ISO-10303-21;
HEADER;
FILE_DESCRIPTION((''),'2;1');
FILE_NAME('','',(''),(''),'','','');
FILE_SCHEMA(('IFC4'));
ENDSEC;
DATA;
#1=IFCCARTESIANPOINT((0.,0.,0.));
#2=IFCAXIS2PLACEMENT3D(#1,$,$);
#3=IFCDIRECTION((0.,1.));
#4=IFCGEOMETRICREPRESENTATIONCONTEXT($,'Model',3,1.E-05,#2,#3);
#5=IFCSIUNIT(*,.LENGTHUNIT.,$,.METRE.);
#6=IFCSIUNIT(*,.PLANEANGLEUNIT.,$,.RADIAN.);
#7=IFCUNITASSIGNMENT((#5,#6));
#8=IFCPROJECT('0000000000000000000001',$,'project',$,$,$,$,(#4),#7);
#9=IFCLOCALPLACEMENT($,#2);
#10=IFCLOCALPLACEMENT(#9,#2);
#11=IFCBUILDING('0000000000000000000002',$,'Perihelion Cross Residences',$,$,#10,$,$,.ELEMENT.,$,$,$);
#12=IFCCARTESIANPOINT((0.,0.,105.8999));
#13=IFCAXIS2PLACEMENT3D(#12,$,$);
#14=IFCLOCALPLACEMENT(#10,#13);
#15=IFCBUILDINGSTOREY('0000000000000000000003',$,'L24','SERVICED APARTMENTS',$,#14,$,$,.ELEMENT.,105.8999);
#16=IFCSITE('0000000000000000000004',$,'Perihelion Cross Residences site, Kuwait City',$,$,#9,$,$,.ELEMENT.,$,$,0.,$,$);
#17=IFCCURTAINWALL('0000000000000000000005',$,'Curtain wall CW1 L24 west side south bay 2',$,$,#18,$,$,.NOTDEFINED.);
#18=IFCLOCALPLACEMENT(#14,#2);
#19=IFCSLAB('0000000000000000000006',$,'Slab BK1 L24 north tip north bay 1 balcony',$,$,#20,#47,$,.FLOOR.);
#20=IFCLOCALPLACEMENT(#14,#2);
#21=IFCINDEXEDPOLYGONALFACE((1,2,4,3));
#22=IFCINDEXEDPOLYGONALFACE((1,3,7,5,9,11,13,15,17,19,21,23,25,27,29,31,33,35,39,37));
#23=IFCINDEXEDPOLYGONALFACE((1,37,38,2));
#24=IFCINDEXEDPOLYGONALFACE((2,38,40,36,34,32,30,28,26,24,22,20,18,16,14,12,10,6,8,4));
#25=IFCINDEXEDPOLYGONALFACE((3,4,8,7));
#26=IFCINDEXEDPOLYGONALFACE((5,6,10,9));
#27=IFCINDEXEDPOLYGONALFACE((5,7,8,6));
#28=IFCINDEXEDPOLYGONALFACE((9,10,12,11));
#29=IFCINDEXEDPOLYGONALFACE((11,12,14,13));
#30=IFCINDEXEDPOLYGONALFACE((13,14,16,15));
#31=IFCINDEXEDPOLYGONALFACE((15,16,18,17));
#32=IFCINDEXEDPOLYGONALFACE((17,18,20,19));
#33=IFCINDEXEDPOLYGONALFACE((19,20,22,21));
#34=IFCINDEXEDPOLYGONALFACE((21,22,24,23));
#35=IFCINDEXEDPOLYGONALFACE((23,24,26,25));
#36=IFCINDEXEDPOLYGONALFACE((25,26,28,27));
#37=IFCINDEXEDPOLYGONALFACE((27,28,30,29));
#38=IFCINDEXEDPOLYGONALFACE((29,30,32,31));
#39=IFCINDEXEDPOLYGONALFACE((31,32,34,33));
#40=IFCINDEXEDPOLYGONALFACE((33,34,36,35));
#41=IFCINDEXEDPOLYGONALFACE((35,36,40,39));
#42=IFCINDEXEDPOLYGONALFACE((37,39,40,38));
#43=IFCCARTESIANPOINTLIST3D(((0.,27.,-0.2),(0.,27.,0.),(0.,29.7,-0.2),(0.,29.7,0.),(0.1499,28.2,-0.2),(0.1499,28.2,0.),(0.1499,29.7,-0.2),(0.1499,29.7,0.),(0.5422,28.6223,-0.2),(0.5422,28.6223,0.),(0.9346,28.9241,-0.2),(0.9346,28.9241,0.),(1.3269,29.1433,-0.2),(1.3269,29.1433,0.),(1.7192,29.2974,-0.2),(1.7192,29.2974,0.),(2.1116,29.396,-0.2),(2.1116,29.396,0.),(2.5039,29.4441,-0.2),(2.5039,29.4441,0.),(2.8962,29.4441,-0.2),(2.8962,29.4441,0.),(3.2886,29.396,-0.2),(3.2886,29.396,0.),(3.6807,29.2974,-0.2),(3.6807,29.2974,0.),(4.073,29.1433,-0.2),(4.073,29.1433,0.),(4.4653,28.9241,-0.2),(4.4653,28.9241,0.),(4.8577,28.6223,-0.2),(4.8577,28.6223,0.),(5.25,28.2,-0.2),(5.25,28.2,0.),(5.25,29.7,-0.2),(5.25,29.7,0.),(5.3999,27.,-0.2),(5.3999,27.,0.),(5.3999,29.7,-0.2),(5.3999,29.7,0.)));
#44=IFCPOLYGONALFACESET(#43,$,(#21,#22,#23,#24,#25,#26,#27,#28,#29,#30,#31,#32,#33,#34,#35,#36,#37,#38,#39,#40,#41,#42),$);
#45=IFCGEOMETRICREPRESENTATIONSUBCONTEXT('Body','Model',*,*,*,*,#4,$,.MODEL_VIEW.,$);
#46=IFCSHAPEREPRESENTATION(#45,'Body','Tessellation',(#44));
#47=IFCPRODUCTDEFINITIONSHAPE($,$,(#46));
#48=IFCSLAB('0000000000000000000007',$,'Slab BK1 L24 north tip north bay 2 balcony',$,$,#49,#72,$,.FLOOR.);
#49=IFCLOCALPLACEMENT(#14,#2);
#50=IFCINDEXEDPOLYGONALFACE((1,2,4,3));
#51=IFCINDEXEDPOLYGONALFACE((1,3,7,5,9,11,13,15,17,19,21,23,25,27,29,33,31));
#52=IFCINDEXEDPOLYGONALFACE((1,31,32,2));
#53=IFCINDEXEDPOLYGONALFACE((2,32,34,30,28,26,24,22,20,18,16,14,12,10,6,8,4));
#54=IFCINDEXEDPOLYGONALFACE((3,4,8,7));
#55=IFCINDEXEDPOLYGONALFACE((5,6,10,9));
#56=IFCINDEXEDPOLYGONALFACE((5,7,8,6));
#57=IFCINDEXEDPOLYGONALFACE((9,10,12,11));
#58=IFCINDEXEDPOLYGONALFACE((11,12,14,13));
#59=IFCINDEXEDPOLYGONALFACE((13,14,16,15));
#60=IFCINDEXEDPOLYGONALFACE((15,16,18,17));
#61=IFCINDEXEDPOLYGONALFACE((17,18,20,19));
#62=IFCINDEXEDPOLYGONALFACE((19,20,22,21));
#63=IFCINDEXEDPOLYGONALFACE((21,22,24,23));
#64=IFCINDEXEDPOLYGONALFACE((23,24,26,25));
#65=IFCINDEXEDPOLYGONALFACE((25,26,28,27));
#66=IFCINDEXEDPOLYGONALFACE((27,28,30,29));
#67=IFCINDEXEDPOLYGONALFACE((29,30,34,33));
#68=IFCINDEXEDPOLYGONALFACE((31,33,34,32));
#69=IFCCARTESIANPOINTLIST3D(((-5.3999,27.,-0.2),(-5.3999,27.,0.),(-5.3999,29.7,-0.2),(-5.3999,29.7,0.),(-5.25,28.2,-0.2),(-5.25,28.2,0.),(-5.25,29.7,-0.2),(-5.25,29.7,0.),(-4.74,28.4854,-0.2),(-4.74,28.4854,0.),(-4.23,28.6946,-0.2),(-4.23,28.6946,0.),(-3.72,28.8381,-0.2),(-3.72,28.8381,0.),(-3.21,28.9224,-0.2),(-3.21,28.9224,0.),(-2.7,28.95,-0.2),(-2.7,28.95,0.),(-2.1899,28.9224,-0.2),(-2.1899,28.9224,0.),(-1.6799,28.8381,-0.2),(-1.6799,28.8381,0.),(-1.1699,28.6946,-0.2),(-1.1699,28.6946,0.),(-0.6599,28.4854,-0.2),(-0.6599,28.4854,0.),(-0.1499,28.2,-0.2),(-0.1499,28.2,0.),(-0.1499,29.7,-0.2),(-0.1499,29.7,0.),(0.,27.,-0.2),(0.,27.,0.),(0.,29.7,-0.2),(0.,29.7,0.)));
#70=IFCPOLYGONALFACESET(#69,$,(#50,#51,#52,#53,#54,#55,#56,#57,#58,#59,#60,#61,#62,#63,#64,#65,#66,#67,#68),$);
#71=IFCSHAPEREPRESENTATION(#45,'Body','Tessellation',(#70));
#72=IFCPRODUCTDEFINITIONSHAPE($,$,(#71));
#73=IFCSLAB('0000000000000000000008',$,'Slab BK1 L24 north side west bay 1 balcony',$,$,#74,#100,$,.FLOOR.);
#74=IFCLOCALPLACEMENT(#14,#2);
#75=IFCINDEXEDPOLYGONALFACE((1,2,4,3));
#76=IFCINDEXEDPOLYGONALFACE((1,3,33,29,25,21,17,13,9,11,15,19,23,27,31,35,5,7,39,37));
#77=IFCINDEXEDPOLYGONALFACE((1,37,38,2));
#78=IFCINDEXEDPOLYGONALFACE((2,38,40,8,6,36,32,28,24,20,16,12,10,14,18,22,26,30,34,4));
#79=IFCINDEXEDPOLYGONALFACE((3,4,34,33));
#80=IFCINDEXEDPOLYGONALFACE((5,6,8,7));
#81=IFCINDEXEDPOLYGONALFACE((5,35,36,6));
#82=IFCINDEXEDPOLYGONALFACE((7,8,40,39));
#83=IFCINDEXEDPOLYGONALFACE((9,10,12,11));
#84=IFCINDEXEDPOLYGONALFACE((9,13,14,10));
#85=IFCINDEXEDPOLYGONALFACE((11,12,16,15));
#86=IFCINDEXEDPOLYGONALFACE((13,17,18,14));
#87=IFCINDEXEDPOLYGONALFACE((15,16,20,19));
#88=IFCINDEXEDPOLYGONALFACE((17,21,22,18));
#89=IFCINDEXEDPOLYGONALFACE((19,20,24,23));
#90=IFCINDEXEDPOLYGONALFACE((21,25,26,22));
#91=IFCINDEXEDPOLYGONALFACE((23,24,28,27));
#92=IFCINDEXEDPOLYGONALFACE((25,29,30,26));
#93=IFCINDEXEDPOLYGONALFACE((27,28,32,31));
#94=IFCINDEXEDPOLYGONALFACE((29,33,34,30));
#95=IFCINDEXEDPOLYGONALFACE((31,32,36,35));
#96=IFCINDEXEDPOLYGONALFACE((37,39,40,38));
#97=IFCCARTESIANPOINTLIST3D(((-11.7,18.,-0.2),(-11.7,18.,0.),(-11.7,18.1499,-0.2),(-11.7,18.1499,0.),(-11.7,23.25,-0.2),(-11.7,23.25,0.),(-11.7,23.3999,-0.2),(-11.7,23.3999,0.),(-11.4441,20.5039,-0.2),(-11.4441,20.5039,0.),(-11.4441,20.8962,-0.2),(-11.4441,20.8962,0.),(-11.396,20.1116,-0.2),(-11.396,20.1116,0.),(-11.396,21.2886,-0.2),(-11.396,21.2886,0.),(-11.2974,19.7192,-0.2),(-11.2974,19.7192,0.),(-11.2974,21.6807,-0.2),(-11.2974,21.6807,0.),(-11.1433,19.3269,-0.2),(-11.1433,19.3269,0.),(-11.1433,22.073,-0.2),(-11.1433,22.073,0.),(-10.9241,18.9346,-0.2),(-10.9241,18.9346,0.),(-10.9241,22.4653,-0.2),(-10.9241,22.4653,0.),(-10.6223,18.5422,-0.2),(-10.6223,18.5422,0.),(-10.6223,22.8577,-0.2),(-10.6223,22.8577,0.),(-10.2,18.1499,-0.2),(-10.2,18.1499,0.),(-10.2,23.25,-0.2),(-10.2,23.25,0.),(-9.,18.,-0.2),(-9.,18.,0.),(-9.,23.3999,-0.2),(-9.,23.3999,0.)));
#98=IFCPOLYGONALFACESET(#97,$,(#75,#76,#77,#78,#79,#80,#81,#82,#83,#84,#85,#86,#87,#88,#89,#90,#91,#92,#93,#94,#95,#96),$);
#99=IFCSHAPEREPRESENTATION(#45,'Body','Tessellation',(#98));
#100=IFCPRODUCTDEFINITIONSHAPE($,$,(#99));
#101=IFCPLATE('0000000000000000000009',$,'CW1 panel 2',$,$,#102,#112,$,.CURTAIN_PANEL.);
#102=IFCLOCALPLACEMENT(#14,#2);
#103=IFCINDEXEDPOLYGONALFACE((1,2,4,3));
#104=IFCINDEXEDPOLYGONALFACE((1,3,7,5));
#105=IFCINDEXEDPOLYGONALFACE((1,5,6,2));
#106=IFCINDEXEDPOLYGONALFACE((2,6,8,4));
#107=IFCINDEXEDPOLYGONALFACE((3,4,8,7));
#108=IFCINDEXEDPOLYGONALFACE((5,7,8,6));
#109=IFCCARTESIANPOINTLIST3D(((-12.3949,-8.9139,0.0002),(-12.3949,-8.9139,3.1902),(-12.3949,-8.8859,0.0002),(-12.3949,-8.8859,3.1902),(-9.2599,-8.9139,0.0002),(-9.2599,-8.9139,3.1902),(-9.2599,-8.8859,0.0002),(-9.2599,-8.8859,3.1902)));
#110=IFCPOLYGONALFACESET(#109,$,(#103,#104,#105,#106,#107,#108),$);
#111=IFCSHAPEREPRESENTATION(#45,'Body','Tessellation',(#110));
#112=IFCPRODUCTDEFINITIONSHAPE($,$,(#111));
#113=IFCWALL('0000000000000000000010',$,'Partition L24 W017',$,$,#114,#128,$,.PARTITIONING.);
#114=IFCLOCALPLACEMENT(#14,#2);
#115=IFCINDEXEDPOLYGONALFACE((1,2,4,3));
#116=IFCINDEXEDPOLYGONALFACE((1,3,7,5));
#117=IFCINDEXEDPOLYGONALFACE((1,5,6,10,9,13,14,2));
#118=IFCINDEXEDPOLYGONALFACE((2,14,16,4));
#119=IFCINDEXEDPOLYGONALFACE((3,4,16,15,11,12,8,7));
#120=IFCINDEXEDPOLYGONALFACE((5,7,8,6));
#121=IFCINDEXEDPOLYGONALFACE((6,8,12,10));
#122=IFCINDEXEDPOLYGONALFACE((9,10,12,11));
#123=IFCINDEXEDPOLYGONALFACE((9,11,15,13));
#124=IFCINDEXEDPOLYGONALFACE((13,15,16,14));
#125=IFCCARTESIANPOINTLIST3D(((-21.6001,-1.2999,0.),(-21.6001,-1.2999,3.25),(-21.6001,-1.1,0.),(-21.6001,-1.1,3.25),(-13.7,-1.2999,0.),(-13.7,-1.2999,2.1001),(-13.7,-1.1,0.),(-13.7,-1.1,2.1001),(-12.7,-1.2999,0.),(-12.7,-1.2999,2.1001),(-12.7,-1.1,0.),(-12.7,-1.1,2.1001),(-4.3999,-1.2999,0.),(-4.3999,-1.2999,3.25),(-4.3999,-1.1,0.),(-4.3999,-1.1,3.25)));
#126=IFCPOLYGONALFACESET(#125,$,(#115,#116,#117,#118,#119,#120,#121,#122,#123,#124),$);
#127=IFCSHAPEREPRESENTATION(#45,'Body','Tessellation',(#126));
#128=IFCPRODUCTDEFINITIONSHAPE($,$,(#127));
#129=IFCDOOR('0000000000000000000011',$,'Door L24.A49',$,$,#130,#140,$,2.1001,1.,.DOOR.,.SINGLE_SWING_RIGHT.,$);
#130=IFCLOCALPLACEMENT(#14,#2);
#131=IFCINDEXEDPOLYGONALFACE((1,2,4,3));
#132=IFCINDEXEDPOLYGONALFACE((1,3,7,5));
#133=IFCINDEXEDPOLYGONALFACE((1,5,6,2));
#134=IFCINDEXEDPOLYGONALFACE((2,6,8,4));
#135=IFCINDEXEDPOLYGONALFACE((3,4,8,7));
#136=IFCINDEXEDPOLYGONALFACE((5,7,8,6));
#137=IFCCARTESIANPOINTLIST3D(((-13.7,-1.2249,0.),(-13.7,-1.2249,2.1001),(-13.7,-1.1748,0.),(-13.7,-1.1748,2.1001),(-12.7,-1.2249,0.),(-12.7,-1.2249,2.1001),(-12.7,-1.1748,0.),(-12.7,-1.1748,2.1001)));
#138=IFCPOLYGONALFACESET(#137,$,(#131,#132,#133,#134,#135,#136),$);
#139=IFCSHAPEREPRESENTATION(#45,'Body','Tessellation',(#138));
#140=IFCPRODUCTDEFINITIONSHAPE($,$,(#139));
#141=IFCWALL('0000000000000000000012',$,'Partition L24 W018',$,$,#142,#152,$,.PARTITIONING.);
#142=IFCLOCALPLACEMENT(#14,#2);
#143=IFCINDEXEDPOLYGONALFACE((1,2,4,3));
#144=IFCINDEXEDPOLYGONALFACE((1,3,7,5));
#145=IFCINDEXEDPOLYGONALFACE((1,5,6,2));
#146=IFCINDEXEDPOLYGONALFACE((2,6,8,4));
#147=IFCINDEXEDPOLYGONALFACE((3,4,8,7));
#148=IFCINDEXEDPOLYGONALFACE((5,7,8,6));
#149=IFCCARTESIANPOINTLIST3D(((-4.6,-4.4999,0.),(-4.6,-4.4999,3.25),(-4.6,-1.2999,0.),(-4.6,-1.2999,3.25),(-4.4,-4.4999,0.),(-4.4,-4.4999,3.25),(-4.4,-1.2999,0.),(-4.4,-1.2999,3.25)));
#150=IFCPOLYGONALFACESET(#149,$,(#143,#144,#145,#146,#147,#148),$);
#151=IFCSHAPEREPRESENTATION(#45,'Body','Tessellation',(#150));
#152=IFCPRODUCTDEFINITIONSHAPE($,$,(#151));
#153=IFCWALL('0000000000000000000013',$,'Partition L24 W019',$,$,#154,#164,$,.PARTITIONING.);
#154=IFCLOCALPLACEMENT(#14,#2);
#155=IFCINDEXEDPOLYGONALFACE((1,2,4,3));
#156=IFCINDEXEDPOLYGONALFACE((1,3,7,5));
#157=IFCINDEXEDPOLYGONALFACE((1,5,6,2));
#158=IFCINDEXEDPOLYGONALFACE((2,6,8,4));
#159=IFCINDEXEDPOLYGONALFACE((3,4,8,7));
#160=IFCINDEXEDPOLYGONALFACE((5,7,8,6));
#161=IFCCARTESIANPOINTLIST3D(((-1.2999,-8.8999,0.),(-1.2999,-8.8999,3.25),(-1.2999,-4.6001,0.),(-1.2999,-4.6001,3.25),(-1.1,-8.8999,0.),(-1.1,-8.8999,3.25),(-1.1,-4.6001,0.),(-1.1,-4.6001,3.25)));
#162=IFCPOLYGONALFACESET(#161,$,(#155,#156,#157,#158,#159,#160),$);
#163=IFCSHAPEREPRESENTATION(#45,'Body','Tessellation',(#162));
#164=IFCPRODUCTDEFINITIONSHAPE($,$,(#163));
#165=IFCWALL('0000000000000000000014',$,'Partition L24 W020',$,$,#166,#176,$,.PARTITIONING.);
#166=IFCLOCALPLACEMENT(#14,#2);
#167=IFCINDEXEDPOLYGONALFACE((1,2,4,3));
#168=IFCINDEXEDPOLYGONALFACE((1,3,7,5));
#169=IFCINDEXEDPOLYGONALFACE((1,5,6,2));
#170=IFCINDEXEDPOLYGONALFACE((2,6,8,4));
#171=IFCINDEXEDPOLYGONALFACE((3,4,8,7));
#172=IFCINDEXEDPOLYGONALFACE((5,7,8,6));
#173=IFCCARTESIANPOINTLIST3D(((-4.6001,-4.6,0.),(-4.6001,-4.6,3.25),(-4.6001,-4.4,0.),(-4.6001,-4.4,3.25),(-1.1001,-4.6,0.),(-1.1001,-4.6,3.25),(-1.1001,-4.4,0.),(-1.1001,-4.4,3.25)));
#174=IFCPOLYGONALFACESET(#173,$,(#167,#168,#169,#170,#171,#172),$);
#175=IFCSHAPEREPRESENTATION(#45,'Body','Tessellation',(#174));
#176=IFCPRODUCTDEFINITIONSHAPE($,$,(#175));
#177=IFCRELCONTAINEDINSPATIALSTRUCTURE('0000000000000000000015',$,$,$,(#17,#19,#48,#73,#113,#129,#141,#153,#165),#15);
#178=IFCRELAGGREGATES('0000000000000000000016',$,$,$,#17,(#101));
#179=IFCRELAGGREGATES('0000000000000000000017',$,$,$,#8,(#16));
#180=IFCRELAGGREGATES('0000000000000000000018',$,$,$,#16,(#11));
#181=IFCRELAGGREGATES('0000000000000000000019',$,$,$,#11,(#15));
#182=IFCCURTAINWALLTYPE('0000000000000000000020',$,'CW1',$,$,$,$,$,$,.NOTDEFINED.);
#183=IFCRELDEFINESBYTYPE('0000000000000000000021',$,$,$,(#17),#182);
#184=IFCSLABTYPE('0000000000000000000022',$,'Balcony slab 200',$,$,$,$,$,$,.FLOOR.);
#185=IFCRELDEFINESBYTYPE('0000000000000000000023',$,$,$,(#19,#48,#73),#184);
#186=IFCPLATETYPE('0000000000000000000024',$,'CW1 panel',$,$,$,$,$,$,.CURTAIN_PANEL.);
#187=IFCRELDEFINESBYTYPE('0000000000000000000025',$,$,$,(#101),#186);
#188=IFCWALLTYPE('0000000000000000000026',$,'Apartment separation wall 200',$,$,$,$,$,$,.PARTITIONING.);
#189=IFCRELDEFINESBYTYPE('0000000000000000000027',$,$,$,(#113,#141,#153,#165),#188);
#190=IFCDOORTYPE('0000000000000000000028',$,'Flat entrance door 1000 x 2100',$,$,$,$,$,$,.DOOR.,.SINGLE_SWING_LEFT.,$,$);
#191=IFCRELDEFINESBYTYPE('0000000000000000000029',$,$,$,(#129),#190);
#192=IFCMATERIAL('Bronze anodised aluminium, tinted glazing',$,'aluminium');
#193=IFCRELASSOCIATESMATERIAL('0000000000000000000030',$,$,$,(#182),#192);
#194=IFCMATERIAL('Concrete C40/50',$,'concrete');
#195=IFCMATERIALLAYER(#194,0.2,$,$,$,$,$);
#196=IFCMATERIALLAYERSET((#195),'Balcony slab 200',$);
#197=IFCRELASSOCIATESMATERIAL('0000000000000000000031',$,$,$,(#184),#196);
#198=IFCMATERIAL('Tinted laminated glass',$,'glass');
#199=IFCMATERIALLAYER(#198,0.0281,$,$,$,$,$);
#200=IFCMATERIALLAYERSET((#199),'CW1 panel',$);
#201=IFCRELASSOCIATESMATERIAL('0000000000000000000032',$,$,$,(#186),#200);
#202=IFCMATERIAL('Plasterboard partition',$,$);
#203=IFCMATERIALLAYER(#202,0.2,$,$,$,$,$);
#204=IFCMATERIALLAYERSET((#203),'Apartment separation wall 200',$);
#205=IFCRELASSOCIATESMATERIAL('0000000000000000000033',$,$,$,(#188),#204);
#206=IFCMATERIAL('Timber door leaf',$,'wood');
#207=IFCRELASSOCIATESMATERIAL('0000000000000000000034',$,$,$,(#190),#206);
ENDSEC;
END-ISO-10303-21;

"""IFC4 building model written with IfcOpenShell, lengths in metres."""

from ifc_helpers import new_model, si_unit, direction, frame, frame_2d, origin, origin_2d, place, context, subcontext, project, spatial, polyline, rectangle, outline, extrude, material, layer, layer_set, type_object, element, fill, aggregate, save


model = new_model("IFC4")

# Units and contexts
model_context = context("Model", 3, precision=1e-05, world=origin(), true_north=direction((0.0, 1.0)))
body_context = subcontext(model_context, "Body", "Model", "MODEL_VIEW")
ifc_project = project(units=[si_unit("LENGTHUNIT", "METRE"), si_unit("PLANEANGLEUNIT", "RADIAN")], contexts=[model_context])

# Site, building, storey
site_placement = place(None, origin())
site = spatial("IfcSite", under=ifc_project, at=site_placement, Name="Perihelion Cross Residences site, Kuwait City", CompositionType="ELEMENT", RefElevation=0.0)
building_placement = place(site_placement, origin())
building = spatial("IfcBuilding", under=site, at=building_placement, Name="Perihelion Cross Residences", CompositionType="ELEMENT")
storey_placement = place(building_placement, frame((0.0, 0.0, 105.8999)))
storey = spatial("IfcBuildingStorey", under=building, at=storey_placement, Name="L24", Description="SERVICED APARTMENTS", CompositionType="ELEMENT", Elevation=105.8999)

# Curtain wall
ifc_material_1 = material(Name="Bronze anodised aluminium, tinted glazing", Category="aluminium")
curtain_wall_type = type_object("IfcCurtainWallType", Name="CW1", PredefinedType="NOTDEFINED", material=ifc_material_1)
curtain_wall_1_placement = place(storey_placement, origin())
curtain_wall_1 = element("IfcCurtainWall", 1, at=curtain_wall_1_placement, inside=storey, type_object=curtain_wall_type, Name="Curtain wall CW1 L24 west side south bay 2", PredefinedType="NOTDEFINED")

# Slabs
ifc_material_2 = material(Name="Concrete C40/50", Category="concrete")
ifc_layer_1 = layer(ifc_material_2, 0.2)
ifc_layer_set_1 = layer_set([ifc_layer_1], Name="Balcony slab 200")
slab_type_1 = type_object("IfcSlabType", Name="Balcony slab 200", PredefinedType="FLOOR", material=ifc_layer_set_1)
slab_1_placement = place(storey_placement, frame((0.0, 0.0, -0.2)))
element("IfcSlab", 2, at=slab_1_placement, inside=storey, type_object=slab_type_1, Name="Slab BK1 L24 north tip north bay 1 balcony", PredefinedType="FLOOR", context=body_context, shape_type="SweptSolid", body=[
    extrude(outline(polyline([(5.3999, 27.0), (0.0, 27.0), (0.0, 29.7), (0.1499, 29.7), (0.1499, 28.2), (0.5422, 28.6223), (0.9346, 28.9241), (1.3269, 29.1433), (1.7192, 29.2974), (2.1116, 29.396), (2.5039, 29.4441), (2.8962, 29.4441), (3.2886, 29.396), (3.6807, 29.2974), (4.073, 29.1433), (4.4653, 28.9241), (4.8577, 28.6223), (5.25, 28.2), (5.25, 29.7), (5.3999, 29.7), (5.3999, 27.0)])), origin(), (0.0, 0.0, 1.0), 0.2),
])
slab_2_placement = place(storey_placement, frame((0.0, 0.0, -0.2)))
element("IfcSlab", 3, at=slab_2_placement, inside=storey, type_object=slab_type_1, Name="Slab BK1 L24 north tip north bay 2 balcony", PredefinedType="FLOOR", context=body_context, shape_type="SweptSolid", body=[
    extrude(outline(polyline([(0.0, 27.0), (-5.3999, 27.0), (-5.3999, 29.7), (-5.25, 29.7), (-5.25, 28.2), (-4.74, 28.4854), (-4.23, 28.6946), (-3.72, 28.8381), (-3.21, 28.9224), (-2.7, 28.95), (-2.1899, 28.9224), (-1.6799, 28.8381), (-1.1699, 28.6946), (-0.6599, 28.4854), (-0.1499, 28.2), (-0.1499, 29.7), (0.0, 29.7), (0.0, 27.0)])), origin(), (0.0, 0.0, 1.0), 0.2),
])
slab_3_placement = place(storey_placement, frame((0.0, 0.0, -0.2)))
element("IfcSlab", 4, at=slab_3_placement, inside=storey, type_object=slab_type_1, Name="Slab BK1 L24 north side west bay 1 balcony", PredefinedType="FLOOR", context=body_context, shape_type="SweptSolid", body=[
    extrude(outline(polyline([(-9.0, 23.3999), (-9.0, 18.0), (-11.7, 18.0), (-11.7, 18.1499), (-10.2, 18.1499), (-10.6223, 18.5422), (-10.9241, 18.9346), (-11.1433, 19.3269), (-11.2974, 19.7192), (-11.396, 20.1116), (-11.4441, 20.5039), (-11.4441, 20.8962), (-11.396, 21.2886), (-11.2974, 21.6807), (-11.1433, 22.073), (-10.9241, 22.4653), (-10.6223, 22.8577), (-10.2, 23.25), (-11.7, 23.25), (-11.7, 23.3999), (-9.0, 23.3999)])), origin(), (0.0, 0.0, 1.0), 0.2),
])

# Plate
ifc_material_3 = material(Name="Tinted laminated glass", Category="glass")
ifc_layer_2 = layer(ifc_material_3, 0.0281)
ifc_layer_set_2 = layer_set([ifc_layer_2], Name="CW1 panel")
plate_type = type_object("IfcPlateType", Name="CW1 panel", PredefinedType="CURTAIN_PANEL", material=ifc_layer_set_2)
plate_placement = place(storey_placement, frame((-10.8274, -8.8999, 0.0002), z_axis=(0.0, 0.0, 1.0), x_axis=(1.0, 0.0, 0.0)))
plate = element("IfcPlate", 5, at=plate_placement, type_object=plate_type, Name="CW1 panel 2", PredefinedType="CURTAIN_PANEL", context=body_context, shape_type="SweptSolid", body=[
    extrude(rectangle(XDim=3.135, YDim=0.0281, at=origin_2d()), origin(), (0.0, 0.0, 1.0), 3.1899),
])
aggregate(curtain_wall_1, [plate])

# Wall, opening, door
ifc_material_4 = material(Name="Plasterboard partition")
ifc_layer_3 = layer(ifc_material_4, 0.2)
ifc_layer_set_3 = layer_set([ifc_layer_3], Name="Apartment separation wall 200")
wall_type_1 = type_object("IfcWallType", Name="Apartment separation wall 200", PredefinedType="PARTITIONING", material=ifc_layer_set_3)
wall_1_placement = place(storey_placement, frame((-4.3999, -1.2, 0.0), z_axis=(0.0, 0.0, 1.0), x_axis=(-1.0, 0.0, 0.0)))
wall_1 = element("IfcWall", 6, at=wall_1_placement, inside=storey, type_object=wall_type_1, Name="Partition L24 W017", PredefinedType="PARTITIONING", context=body_context, shape_type="SweptSolid", body=[
    extrude(rectangle(XDim=17.2002, YDim=0.2, at=frame_2d((8.6001, 0.0))), origin(), (0.0, 0.0, 1.0), 3.25),
])
opening_1_placement = place(wall_1_placement, frame((8.3, 0.0, 0.0)))
opening_1 = element("IfcOpeningElement", 7, at=opening_1_placement, cuts=wall_1, PredefinedType="OPENING", context=body_context, shape_type="SweptSolid", body=[
    extrude(rectangle(XDim=1.0, YDim=2.1001, at=frame_2d((0.5, 1.05))), frame((0.0, 0.1099, 0.0), z_axis=(0.0, -1.0, 0.0), x_axis=(1.0, 0.0, 0.0)), (0.0, 0.0, 1.0), 0.22),
])
ifc_material_5 = material(Name="Timber door leaf", Category="wood")
door_type_1 = type_object("IfcDoorType", Name="Flat entrance door 1000 x 2100", OperationType="SINGLE_SWING_LEFT", PredefinedType="DOOR", material=ifc_material_5)
door_1_placement = place(opening_1_placement, origin())
door_1 = element("IfcDoor", 8, at=door_1_placement, inside=storey, type_object=door_type_1, Name="Door L24.A49", OperationType="SINGLE_SWING_RIGHT", OverallHeight=2.1001, OverallWidth=1.0, PredefinedType="DOOR", context=body_context, shape_type="SweptSolid", body=[
    extrude(rectangle(XDim=1.0, YDim=2.1001, at=frame_2d((0.5, 1.05))), frame((0.0, 0.0249, 0.0), z_axis=(0.0, -1.0, 0.0), x_axis=(1.0, 0.0, 0.0)), (0.0, 0.0, 1.0), 0.05),
])
fill(opening_1, door_1)

# Walls
wall_2_placement = place(storey_placement, frame((-4.5, -4.5, 0.0), z_axis=(0.0, 0.0, 1.0), x_axis=(0.0, 1.0, 0.0)))
element("IfcWall", 9, at=wall_2_placement, inside=storey, type_object=wall_type_1, Name="Partition L24 W018", PredefinedType="PARTITIONING", context=body_context, shape_type="SweptSolid", body=[
    extrude(rectangle(XDim=3.2, YDim=0.2, at=frame_2d((1.6001, 0.0))), origin(), (0.0, 0.0, 1.0), 3.25),
])
wall_3_placement = place(storey_placement, frame((-1.2, -8.8999, 0.0), z_axis=(0.0, 0.0, 1.0), x_axis=(0.0, 1.0, 0.0)))
element("IfcWall", 10, at=wall_3_placement, inside=storey, type_object=wall_type_1, Name="Partition L24 W019", PredefinedType="PARTITIONING", context=body_context, shape_type="SweptSolid", body=[
    extrude(rectangle(XDim=4.2998, YDim=0.2, at=frame_2d((2.1499, 0.0))), origin(), (0.0, 0.0, 1.0), 3.25),
])
wall_4_placement = place(storey_placement, frame((-1.1001, -4.5, 0.0), z_axis=(0.0, 0.0, 1.0), x_axis=(-1.0, 0.0, 0.0)))
element("IfcWall", 11, at=wall_4_placement, inside=storey, type_object=wall_type_1, Name="Partition L24 W020", PredefinedType="PARTITIONING", context=body_context, shape_type="SweptSolid", body=[
    extrude(rectangle(XDim=3.5, YDim=0.2, at=frame_2d((1.75, 0.0))), origin(), (0.0, 0.0, 1.0), 3.25),
])

save(model, "model.ifc")
